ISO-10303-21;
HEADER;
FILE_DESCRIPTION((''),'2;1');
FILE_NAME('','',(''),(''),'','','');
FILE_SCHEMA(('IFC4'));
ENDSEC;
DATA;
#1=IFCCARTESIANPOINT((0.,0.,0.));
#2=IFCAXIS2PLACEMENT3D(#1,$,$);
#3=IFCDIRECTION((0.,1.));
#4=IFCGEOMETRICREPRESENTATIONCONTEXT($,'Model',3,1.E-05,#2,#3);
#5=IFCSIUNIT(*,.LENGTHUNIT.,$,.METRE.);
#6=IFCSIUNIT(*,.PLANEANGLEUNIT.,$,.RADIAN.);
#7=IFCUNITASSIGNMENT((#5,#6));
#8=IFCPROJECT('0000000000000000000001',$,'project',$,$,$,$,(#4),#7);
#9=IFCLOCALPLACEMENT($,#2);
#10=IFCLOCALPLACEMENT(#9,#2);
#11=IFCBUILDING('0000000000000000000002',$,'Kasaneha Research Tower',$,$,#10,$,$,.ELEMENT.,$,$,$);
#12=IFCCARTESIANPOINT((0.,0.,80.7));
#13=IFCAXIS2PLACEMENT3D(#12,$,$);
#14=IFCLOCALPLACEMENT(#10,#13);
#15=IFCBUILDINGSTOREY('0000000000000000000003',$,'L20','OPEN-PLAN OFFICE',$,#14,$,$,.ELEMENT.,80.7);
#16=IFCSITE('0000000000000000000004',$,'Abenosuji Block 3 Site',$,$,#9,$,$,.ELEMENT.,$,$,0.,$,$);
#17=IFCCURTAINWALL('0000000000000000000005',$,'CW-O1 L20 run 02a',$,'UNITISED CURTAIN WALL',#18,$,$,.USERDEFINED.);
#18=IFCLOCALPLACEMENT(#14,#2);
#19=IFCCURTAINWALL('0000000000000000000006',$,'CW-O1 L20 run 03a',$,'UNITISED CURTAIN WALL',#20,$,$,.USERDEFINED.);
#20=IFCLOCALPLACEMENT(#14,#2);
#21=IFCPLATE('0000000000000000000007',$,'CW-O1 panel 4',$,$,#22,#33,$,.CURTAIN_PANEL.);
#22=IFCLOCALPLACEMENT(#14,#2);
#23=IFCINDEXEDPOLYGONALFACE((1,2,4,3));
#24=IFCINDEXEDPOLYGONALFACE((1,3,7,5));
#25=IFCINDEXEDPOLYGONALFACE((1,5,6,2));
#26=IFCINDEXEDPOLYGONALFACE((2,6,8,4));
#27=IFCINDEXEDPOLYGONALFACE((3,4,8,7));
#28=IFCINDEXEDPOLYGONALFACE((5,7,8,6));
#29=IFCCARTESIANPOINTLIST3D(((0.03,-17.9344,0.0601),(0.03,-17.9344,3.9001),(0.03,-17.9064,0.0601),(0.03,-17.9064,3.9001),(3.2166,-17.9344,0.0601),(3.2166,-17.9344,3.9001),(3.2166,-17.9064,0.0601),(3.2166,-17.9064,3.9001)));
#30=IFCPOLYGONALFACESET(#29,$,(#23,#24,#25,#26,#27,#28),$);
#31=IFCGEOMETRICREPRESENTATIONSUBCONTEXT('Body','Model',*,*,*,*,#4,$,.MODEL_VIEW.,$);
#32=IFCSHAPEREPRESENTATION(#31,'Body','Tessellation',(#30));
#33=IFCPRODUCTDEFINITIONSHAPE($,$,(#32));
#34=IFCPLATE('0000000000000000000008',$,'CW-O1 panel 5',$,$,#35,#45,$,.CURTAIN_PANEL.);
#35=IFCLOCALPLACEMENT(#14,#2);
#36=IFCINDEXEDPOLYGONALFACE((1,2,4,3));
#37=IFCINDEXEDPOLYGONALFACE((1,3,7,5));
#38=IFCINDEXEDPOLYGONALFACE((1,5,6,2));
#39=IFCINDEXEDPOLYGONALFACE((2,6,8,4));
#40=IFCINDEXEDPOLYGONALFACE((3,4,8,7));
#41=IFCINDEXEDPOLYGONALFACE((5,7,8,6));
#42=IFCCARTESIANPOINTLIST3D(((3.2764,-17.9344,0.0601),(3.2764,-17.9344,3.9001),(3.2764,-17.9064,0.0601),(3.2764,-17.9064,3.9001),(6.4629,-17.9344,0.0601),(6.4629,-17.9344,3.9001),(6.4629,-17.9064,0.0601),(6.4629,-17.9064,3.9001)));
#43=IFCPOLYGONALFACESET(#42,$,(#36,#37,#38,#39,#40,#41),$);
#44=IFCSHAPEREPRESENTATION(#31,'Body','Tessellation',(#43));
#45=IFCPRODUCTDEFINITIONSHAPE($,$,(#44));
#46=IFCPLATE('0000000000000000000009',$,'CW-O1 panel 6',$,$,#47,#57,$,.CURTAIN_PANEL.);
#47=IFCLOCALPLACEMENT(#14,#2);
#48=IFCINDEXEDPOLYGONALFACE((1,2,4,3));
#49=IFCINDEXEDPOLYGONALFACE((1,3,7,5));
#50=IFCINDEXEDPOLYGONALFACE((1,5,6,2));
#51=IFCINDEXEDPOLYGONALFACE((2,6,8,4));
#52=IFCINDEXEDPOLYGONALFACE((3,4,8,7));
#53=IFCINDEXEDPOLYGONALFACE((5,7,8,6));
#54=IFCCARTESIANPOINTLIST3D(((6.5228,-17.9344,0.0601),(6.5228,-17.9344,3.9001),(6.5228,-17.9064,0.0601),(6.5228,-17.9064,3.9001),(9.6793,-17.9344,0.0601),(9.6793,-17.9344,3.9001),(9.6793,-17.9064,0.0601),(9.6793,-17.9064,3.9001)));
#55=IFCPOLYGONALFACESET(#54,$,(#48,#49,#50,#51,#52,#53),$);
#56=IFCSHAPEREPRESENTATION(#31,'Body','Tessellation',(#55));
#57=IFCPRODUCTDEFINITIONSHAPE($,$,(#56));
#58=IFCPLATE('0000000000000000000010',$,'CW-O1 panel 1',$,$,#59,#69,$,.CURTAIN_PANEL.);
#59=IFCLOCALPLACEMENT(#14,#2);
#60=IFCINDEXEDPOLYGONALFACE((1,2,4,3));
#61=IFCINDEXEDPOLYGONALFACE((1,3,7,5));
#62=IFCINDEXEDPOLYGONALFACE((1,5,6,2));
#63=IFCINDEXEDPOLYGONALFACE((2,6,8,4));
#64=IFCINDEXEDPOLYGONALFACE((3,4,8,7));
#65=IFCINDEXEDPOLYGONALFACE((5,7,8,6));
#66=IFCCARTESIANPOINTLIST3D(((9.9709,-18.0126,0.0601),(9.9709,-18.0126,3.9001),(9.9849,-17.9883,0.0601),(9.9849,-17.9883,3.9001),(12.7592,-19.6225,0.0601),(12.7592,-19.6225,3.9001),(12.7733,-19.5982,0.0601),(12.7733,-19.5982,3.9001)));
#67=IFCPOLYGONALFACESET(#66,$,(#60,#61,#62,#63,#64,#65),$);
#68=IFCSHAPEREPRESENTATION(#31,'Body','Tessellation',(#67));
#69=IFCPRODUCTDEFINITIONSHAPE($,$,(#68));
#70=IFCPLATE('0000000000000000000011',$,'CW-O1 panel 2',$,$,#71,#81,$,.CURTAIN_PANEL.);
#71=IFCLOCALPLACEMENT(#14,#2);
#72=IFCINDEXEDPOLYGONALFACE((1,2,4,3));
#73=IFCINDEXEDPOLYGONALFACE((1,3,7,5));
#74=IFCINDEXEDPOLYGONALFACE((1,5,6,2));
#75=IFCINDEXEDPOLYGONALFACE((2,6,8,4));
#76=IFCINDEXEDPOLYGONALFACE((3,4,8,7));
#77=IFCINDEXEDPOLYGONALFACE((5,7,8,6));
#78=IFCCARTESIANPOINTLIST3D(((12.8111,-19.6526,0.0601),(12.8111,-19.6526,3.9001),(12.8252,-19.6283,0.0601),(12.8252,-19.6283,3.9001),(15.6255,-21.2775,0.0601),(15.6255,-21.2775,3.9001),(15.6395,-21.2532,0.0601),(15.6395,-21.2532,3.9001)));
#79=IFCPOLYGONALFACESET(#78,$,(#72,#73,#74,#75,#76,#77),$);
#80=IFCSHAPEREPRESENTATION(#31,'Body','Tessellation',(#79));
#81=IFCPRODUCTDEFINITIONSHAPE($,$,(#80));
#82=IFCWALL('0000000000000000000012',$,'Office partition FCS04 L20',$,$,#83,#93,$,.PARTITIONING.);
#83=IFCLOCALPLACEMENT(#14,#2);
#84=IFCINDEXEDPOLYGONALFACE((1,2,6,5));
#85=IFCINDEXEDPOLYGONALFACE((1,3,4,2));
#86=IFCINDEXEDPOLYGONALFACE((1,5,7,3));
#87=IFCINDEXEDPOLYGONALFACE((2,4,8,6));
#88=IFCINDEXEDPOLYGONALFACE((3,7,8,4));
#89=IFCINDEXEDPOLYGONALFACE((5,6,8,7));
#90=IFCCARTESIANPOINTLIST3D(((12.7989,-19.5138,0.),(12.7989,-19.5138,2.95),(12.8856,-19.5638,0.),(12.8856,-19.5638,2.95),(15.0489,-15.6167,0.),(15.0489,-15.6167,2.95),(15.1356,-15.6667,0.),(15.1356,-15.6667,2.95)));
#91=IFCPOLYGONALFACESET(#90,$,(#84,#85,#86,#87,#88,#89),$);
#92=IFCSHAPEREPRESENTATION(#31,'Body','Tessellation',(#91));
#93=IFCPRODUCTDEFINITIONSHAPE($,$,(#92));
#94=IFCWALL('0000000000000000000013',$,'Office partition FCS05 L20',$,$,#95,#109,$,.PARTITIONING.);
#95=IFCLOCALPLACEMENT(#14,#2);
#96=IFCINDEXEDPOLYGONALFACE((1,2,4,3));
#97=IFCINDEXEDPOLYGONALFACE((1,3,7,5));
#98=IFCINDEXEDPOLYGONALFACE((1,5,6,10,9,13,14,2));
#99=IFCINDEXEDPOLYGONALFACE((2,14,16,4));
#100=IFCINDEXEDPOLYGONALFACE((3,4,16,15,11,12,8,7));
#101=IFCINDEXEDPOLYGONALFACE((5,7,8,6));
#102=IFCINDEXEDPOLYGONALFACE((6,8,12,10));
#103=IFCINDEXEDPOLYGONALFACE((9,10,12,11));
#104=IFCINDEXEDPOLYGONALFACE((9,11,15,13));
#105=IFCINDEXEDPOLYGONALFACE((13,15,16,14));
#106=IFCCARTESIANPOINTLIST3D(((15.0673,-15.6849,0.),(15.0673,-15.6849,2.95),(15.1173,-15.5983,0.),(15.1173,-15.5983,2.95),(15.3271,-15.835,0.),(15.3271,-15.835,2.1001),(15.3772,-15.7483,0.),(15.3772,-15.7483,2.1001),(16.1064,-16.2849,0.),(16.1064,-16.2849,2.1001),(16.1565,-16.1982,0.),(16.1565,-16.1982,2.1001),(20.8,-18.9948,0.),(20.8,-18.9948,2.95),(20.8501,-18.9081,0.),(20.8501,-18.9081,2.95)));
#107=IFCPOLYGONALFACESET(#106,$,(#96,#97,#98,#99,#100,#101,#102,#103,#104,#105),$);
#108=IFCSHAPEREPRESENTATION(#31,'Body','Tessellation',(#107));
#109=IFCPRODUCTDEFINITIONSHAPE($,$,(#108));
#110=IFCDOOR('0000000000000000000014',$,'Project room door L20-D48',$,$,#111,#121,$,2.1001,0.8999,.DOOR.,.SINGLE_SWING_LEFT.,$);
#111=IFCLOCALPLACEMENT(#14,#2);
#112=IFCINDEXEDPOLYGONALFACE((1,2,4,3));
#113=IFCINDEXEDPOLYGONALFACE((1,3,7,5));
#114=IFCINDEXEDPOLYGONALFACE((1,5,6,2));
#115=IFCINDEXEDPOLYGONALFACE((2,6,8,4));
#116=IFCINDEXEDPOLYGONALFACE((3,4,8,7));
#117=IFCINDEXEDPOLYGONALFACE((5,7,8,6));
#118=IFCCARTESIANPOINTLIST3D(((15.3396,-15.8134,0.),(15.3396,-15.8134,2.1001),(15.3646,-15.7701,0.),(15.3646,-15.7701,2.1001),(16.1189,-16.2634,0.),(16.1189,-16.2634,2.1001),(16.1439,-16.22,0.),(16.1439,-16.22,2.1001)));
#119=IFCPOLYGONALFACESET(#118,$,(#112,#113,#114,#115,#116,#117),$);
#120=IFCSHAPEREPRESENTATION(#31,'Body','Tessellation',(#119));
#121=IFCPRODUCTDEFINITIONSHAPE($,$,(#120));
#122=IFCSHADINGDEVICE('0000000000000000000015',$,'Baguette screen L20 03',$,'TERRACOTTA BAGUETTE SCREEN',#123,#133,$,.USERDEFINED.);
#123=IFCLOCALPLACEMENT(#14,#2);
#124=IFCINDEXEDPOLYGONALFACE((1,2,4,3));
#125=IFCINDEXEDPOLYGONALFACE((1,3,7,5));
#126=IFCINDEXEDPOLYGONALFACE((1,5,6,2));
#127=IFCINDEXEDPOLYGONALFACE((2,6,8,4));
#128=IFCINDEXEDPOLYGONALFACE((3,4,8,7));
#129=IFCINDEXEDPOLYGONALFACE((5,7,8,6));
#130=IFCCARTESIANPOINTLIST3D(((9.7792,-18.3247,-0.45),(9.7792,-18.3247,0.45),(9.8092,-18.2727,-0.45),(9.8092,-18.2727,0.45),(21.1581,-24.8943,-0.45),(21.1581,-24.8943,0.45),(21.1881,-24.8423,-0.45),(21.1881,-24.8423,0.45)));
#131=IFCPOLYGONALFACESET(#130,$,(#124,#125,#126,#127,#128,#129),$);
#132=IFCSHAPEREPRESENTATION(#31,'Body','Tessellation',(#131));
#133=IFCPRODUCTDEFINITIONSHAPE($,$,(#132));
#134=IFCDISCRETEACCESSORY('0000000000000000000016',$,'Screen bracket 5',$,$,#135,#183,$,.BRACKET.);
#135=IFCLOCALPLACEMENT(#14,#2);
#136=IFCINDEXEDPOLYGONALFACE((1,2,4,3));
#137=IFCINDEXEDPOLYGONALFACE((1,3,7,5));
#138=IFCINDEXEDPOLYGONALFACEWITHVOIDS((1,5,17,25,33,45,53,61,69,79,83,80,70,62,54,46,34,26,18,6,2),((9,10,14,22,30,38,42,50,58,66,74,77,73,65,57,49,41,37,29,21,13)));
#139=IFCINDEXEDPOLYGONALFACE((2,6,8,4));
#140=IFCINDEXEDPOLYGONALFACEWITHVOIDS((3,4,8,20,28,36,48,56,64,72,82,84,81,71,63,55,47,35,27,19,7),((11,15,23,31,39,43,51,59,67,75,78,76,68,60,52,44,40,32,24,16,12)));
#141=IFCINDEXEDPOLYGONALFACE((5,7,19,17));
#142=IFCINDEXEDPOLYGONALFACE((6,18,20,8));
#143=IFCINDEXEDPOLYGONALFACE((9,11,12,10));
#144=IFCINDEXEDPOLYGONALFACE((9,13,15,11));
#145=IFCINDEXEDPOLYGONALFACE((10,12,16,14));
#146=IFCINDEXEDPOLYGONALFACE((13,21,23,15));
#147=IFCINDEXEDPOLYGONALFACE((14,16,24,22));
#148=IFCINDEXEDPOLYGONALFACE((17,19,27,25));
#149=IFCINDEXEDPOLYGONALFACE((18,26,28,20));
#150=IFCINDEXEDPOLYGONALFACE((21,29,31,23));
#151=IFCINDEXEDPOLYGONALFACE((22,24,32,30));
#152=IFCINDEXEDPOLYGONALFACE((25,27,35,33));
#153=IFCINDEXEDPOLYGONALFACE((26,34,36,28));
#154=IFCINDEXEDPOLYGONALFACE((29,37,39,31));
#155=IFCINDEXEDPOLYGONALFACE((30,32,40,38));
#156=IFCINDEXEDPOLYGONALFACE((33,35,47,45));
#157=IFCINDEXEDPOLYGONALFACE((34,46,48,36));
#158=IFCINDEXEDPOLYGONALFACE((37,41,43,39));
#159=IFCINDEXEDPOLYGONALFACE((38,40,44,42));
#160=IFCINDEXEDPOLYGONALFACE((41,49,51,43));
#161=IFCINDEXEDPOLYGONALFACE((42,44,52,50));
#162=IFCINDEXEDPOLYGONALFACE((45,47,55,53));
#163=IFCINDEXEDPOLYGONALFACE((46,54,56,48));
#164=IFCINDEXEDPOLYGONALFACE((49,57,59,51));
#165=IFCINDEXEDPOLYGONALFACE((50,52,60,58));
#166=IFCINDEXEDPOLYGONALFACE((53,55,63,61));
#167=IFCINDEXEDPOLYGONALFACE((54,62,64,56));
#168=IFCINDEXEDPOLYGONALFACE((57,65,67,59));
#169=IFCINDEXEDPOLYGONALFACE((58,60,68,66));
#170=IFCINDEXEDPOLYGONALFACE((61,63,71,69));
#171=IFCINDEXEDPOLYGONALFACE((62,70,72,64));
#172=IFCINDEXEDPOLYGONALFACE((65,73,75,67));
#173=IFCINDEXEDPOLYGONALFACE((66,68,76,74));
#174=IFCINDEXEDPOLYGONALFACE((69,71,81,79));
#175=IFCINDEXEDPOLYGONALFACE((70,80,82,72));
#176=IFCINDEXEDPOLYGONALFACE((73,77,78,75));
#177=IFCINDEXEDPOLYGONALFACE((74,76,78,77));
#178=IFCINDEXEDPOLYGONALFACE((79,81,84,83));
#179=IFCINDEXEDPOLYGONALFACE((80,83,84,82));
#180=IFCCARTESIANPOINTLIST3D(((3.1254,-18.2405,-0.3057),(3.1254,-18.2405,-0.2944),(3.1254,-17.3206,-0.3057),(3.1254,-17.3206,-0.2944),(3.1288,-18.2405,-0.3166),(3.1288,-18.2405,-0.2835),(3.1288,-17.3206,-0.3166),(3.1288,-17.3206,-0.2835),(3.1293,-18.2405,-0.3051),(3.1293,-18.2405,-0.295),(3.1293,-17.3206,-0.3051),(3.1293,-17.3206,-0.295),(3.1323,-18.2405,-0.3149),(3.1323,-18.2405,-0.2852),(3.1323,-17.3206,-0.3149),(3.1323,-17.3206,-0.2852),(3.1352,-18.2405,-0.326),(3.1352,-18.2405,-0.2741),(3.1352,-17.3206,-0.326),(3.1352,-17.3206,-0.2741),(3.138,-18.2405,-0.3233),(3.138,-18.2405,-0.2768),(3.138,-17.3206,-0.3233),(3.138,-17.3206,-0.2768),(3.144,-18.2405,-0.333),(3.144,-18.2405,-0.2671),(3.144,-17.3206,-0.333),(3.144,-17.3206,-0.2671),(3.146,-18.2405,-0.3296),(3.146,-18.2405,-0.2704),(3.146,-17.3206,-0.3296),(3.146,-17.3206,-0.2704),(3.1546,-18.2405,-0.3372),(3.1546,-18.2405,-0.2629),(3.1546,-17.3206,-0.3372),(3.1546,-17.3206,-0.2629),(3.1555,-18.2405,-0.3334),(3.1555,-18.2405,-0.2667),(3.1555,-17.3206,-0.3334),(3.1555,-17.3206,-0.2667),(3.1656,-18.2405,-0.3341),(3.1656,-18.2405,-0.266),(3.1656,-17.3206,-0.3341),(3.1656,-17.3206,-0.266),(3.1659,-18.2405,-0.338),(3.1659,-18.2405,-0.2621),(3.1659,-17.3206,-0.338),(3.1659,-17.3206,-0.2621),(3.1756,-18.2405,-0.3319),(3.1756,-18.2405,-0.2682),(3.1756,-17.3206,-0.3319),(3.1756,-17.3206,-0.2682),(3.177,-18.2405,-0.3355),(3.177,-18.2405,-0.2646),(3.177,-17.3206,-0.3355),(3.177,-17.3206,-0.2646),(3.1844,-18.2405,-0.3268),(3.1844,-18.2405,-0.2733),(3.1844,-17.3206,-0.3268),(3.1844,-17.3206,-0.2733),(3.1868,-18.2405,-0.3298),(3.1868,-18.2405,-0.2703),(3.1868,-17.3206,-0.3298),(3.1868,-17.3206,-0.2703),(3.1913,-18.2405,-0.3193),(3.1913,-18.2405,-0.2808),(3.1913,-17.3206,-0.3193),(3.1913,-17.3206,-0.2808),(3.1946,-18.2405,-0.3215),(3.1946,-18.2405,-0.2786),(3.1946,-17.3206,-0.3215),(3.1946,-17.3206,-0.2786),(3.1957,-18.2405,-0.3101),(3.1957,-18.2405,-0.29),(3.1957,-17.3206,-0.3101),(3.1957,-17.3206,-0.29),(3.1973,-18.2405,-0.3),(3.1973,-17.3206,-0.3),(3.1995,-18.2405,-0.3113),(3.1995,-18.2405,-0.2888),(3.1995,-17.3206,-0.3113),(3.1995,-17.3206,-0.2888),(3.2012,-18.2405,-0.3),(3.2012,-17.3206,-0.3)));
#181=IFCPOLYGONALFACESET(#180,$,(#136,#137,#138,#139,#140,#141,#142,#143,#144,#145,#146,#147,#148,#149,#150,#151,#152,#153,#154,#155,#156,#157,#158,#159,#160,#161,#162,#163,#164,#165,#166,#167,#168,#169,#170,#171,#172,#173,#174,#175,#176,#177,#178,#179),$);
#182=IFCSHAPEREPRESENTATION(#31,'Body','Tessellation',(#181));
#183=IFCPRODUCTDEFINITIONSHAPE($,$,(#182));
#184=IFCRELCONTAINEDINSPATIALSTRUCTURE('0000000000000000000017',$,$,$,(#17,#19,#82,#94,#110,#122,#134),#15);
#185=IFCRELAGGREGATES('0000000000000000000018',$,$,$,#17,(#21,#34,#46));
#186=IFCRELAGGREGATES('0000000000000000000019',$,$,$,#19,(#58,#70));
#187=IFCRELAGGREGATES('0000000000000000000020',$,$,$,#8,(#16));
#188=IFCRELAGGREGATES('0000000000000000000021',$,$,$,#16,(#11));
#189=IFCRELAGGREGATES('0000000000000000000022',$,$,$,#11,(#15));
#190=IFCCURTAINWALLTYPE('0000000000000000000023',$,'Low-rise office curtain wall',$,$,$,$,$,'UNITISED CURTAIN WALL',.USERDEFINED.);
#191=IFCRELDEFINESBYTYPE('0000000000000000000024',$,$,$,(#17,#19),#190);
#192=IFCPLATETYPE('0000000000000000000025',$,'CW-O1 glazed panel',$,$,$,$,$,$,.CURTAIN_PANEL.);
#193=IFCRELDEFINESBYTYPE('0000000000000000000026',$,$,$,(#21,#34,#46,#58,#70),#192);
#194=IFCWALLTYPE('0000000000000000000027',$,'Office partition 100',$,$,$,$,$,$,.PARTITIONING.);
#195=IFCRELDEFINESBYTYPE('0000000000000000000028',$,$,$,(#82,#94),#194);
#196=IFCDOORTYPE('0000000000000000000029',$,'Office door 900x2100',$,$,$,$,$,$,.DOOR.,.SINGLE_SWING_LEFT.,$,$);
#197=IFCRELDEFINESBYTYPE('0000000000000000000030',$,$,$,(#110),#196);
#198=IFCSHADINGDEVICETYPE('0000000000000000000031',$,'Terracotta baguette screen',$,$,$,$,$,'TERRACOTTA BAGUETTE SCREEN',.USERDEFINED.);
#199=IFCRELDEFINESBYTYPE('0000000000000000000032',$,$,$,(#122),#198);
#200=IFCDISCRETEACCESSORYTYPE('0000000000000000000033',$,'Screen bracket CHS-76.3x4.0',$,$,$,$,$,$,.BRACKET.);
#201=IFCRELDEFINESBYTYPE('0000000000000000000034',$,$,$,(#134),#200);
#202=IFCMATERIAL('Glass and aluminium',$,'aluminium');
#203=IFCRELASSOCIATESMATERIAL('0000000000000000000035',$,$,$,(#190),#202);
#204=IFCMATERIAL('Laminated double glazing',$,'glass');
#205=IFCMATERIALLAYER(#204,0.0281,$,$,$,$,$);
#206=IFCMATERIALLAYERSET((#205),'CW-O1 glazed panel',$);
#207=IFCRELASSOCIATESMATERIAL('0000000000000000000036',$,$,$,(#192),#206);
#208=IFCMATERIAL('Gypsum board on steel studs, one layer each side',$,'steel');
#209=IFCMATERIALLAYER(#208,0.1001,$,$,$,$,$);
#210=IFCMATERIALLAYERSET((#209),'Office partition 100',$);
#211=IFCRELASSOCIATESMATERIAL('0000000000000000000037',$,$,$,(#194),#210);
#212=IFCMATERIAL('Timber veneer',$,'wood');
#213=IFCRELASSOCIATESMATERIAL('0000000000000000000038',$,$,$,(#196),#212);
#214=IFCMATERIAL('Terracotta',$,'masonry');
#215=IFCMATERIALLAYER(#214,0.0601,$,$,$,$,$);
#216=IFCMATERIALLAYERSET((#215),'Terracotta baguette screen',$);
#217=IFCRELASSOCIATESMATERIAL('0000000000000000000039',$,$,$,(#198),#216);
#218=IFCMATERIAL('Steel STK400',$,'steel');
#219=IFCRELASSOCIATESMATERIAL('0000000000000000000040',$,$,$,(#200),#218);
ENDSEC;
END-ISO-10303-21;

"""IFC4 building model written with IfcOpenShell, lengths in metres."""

from ifc_helpers import new_model, si_unit, direction, frame, frame_2d, origin, origin_2d, place, context, subcontext, project, spatial, rectangle, hollow_circle, extrude, material, layer, layer_set, material_profile, profile_set, type_object, element, fill, aggregate, save


model = new_model("IFC4")

# Units and contexts
model_context = context("Model", 3, precision=1e-05, world=origin(), true_north=direction((0.0, 1.0)))
body_context = subcontext(model_context, "Body", "Model", "MODEL_VIEW")
ifc_project = project(units=[si_unit("LENGTHUNIT", "METRE"), si_unit("PLANEANGLEUNIT", "RADIAN")], contexts=[model_context])

# Site, building, storey
site_placement = place(None, origin())
site = spatial("IfcSite", under=ifc_project, at=site_placement, Name="Abenosuji Block 3 Site", CompositionType="ELEMENT", RefElevation=0.0)
building_placement = place(site_placement, origin())
building = spatial("IfcBuilding", under=site, at=building_placement, Name="Kasaneha Research Tower", CompositionType="ELEMENT")
storey_placement = place(building_placement, frame((0.0, 0.0, 80.7)))
storey = spatial("IfcBuildingStorey", under=building, at=storey_placement, Name="L20", Description="OPEN-PLAN OFFICE", CompositionType="ELEMENT", Elevation=80.7)

# Curtain walls
ifc_material_1 = material(Name="Glass and aluminium", Category="aluminium")
curtain_wall_type = type_object("IfcCurtainWallType", Name="Low-rise office curtain wall", ElementType="UNITISED CURTAIN WALL", PredefinedType="USERDEFINED", material=ifc_material_1)
curtain_wall_1_placement = place(storey_placement, origin())
curtain_wall_1 = element("IfcCurtainWall", 1, at=curtain_wall_1_placement, inside=storey, type_object=curtain_wall_type, Name="CW-O1 L20 run 02a", ObjectType="UNITISED CURTAIN WALL", PredefinedType="USERDEFINED")
curtain_wall_2_placement = place(storey_placement, origin())
curtain_wall_2 = element("IfcCurtainWall", 2, at=curtain_wall_2_placement, inside=storey, type_object=curtain_wall_type, Name="CW-O1 L20 run 03a", ObjectType="UNITISED CURTAIN WALL", PredefinedType="USERDEFINED")

# Plates
ifc_material_2 = material(Name="Laminated double glazing", Category="glass")
ifc_layer_1 = layer(ifc_material_2, 0.0281)
ifc_layer_set_1 = layer_set([ifc_layer_1], Name="CW-O1 glazed panel")
plate_type = type_object("IfcPlateType", Name="CW-O1 glazed panel", PredefinedType="CURTAIN_PANEL", material=ifc_layer_set_1)
plate_1_placement = place(storey_placement, frame((1.6233, -17.9204, 0.0601), z_axis=(0.0, 0.0, 1.0), x_axis=(1.0, 0.0, 0.0)))
plate_1 = element("IfcPlate", 3, at=plate_1_placement, type_object=plate_type, Name="CW-O1 panel 4", PredefinedType="CURTAIN_PANEL", context=body_context, shape_type="SweptSolid", body=[
    extrude(rectangle(XDim=3.1865, YDim=0.0281, at=origin_2d()), origin(), (0.0, 0.0, 1.0), 3.8401),
])
plate_2_placement = place(storey_placement, frame((4.8696, -17.9204, 0.0601), z_axis=(0.0, 0.0, 1.0), x_axis=(1.0, 0.0, 0.0)))
plate_2 = element("IfcPlate", 4, at=plate_2_placement, type_object=plate_type, Name="CW-O1 panel 5", PredefinedType="CURTAIN_PANEL", context=body_context, shape_type="SweptSolid", body=[
    extrude(rectangle(XDim=3.1865, YDim=0.0281, at=origin_2d()), origin(), (0.0, 0.0, 1.0), 3.8401),
])
plate_3_placement = place(storey_placement, frame((8.1011, -17.9204, 0.0601), z_axis=(0.0, 0.0, 1.0), x_axis=(1.0, 0.0, 0.0)))
plate_3 = element("IfcPlate", 5, at=plate_3_placement, type_object=plate_type, Name="CW-O1 panel 6", PredefinedType="CURTAIN_PANEL", context=body_context, shape_type="SweptSolid", body=[
    extrude(rectangle(XDim=3.1565, YDim=0.0281, at=origin_2d()), origin(), (0.0, 0.0, 1.0), 3.8401),
])
aggregate(curtain_wall_1, [plate_1, plate_2, plate_3])
plate_4_placement = place(storey_placement, frame((11.3721, -18.8054, 0.0601), z_axis=(0.0, 0.0, 1.0), x_axis=(0.866025, -0.5, 0.0)))
plate_4 = element("IfcPlate", 6, at=plate_4_placement, type_object=plate_type, Name="CW-O1 panel 1", PredefinedType="CURTAIN_PANEL", context=body_context, shape_type="SweptSolid", body=[
    extrude(rectangle(XDim=3.2197, YDim=0.0281, at=origin_2d()), origin(), (0.0, 0.0, 1.0), 3.8401),
])
plate_5_placement = place(storey_placement, frame((14.2253, -20.4529, 0.0601), z_axis=(0.0, 0.0, 1.0), x_axis=(0.866025, -0.5, 0.0)))
plate_5 = element("IfcPlate", 7, at=plate_5_placement, type_object=plate_type, Name="CW-O1 panel 2", PredefinedType="CURTAIN_PANEL", context=body_context, shape_type="SweptSolid", body=[
    extrude(rectangle(XDim=3.2498, YDim=0.0281, at=origin_2d()), origin(), (0.0, 0.0, 1.0), 3.8401),
])
aggregate(curtain_wall_2, [plate_4, plate_5])

# Wall
ifc_material_3 = material(Name="Gypsum board on steel studs, one layer each side", Category="steel")
ifc_layer_2 = layer(ifc_material_3, 0.1001)
ifc_layer_set_2 = layer_set([ifc_layer_2], Name="Office partition 100")
wall_type = type_object("IfcWallType", Name="Office partition 100", PredefinedType="PARTITIONING", material=ifc_layer_set_2)
wall_1_placement = place(storey_placement, frame((12.8423, -19.5388, 0.0), z_axis=(0.0, 0.0, 1.0), x_axis=(0.49999, 0.866031, 0.0)))
element("IfcWall", 8, at=wall_1_placement, inside=storey, type_object=wall_type, Name="Office partition FCS04 L20", PredefinedType="PARTITIONING", context=body_context, shape_type="SweptSolid", body=[
    extrude(rectangle(XDim=4.5, YDim=0.1001, at=frame_2d((2.25, 0.0))), origin(), (0.0, 0.0, 1.0), 2.95),
])

# Wall, opening, door
wall_2_placement = place(storey_placement, frame((15.0923, -15.6416, 0.0), z_axis=(0.0, 0.0, 1.0), x_axis=(0.866022, -0.500007, 0.0)))
wall_2 = element("IfcWall", 9, at=wall_2_placement, inside=storey, type_object=wall_type, Name="Office partition FCS05 L20", PredefinedType="PARTITIONING", context=body_context, shape_type="SweptSolid", body=[
    extrude(rectangle(XDim=6.6196, YDim=0.1001, at=frame_2d((3.3098, 0.0))), origin(), (0.0, 0.0, 1.0), 2.95),
])
opening_placement = place(wall_2_placement, frame((0.3, 0.0, 0.0)))
opening = element("IfcOpeningElement", 10, at=opening_placement, cuts=wall_2, PredefinedType="OPENING", context=body_context, shape_type="SweptSolid", body=[
    extrude(rectangle(XDim=0.8999, YDim=2.1001, at=frame_2d((0.45, 1.05))), frame((0.0, 0.0601, 0.0), z_axis=(0.0, -1.0, 0.0), x_axis=(1.0, 0.0, 0.0)), (0.0, 0.0, 1.0), 0.1201),
])
ifc_material_4 = material(Name="Timber veneer", Category="wood")
door_type = type_object("IfcDoorType", Name="Office door 900x2100", OperationType="SINGLE_SWING_LEFT", PredefinedType="DOOR", material=ifc_material_4)
door_placement = place(opening_placement, origin())
door = element("IfcDoor", 11, at=door_placement, inside=storey, type_object=door_type, Name="Project room door L20-D48", OperationType="SINGLE_SWING_LEFT", OverallHeight=2.1001, OverallWidth=0.8999, PredefinedType="DOOR", context=body_context, shape_type="SweptSolid", body=[
    extrude(rectangle(XDim=0.8999, YDim=2.1001, at=frame_2d((0.45, 1.05))), frame((0.0, 0.0249, 0.0), z_axis=(0.0, -1.0, 0.0), x_axis=(1.0, 0.0, 0.0)), (0.0, 0.0, 1.0), 0.05),
])
fill(opening, door)

# Shading device
ifc_material_5 = material(Name="Terracotta", Category="masonry")
ifc_layer_3 = layer(ifc_material_5, 0.0601)
ifc_layer_set_3 = layer_set([ifc_layer_3], Name="Terracotta baguette screen")
shading_device_type = type_object("IfcShadingDeviceType", Name="Terracotta baguette screen", ElementType="TERRACOTTA BAGUETTE SCREEN", PredefinedType="USERDEFINED", material=ifc_layer_set_3)
shading_device_placement = place(storey_placement, frame((15.4836, -21.5835, -0.45), z_axis=(0.0, 0.0, 1.0), x_axis=(0.866025, -0.5, 0.0)))
element("IfcShadingDevice", 12, at=shading_device_placement, inside=storey, type_object=shading_device_type, Name="Baguette screen L20 03", ObjectType="TERRACOTTA BAGUETTE SCREEN", PredefinedType="USERDEFINED", context=body_context, shape_type="SweptSolid", body=[
    extrude(rectangle(XDim=13.1392, YDim=0.0601, at=origin_2d()), origin(), (0.0, 0.0, 1.0), 0.8999),
])

# Discrete accessory
ifc_material_6 = material(Name="Steel STK400", Category="steel")
ifc_material_profile_1 = material_profile(ifc_material_6, hollow_circle(Radius=0.0381, WallThickness=0.0039, at=origin_2d()), Name="CHS-76.3x4.0")
ifc_profile_set_1 = profile_set([ifc_material_profile_1], Name="Steel STK400")
discrete_accessory_type = type_object("IfcDiscreteAccessoryType", Name="Screen bracket CHS-76.3x4.0", PredefinedType="BRACKET", material=ifc_profile_set_1)
for number, where, z_axis, x_axis, name in (
    (13, (3.1631, -17.3206, -0.3), (0.0, -1.0, 0.0), (1.0, 0.0, 0.0), "Screen bracket 5"),
):
    element("IfcDiscreteAccessory", number, at=place(storey_placement, frame(where, z_axis=z_axis, x_axis=x_axis)), inside=storey, type_object=discrete_accessory_type, Name=name, PredefinedType="BRACKET", context=body_context, shape_type="SweptSolid", body=[
        extrude(hollow_circle(Radius=0.0381, WallThickness=0.0039, at=origin_2d()), origin(), (0.0, 0.0, 1.0), 0.9199),
    ])

save(model, "model.ifc")
